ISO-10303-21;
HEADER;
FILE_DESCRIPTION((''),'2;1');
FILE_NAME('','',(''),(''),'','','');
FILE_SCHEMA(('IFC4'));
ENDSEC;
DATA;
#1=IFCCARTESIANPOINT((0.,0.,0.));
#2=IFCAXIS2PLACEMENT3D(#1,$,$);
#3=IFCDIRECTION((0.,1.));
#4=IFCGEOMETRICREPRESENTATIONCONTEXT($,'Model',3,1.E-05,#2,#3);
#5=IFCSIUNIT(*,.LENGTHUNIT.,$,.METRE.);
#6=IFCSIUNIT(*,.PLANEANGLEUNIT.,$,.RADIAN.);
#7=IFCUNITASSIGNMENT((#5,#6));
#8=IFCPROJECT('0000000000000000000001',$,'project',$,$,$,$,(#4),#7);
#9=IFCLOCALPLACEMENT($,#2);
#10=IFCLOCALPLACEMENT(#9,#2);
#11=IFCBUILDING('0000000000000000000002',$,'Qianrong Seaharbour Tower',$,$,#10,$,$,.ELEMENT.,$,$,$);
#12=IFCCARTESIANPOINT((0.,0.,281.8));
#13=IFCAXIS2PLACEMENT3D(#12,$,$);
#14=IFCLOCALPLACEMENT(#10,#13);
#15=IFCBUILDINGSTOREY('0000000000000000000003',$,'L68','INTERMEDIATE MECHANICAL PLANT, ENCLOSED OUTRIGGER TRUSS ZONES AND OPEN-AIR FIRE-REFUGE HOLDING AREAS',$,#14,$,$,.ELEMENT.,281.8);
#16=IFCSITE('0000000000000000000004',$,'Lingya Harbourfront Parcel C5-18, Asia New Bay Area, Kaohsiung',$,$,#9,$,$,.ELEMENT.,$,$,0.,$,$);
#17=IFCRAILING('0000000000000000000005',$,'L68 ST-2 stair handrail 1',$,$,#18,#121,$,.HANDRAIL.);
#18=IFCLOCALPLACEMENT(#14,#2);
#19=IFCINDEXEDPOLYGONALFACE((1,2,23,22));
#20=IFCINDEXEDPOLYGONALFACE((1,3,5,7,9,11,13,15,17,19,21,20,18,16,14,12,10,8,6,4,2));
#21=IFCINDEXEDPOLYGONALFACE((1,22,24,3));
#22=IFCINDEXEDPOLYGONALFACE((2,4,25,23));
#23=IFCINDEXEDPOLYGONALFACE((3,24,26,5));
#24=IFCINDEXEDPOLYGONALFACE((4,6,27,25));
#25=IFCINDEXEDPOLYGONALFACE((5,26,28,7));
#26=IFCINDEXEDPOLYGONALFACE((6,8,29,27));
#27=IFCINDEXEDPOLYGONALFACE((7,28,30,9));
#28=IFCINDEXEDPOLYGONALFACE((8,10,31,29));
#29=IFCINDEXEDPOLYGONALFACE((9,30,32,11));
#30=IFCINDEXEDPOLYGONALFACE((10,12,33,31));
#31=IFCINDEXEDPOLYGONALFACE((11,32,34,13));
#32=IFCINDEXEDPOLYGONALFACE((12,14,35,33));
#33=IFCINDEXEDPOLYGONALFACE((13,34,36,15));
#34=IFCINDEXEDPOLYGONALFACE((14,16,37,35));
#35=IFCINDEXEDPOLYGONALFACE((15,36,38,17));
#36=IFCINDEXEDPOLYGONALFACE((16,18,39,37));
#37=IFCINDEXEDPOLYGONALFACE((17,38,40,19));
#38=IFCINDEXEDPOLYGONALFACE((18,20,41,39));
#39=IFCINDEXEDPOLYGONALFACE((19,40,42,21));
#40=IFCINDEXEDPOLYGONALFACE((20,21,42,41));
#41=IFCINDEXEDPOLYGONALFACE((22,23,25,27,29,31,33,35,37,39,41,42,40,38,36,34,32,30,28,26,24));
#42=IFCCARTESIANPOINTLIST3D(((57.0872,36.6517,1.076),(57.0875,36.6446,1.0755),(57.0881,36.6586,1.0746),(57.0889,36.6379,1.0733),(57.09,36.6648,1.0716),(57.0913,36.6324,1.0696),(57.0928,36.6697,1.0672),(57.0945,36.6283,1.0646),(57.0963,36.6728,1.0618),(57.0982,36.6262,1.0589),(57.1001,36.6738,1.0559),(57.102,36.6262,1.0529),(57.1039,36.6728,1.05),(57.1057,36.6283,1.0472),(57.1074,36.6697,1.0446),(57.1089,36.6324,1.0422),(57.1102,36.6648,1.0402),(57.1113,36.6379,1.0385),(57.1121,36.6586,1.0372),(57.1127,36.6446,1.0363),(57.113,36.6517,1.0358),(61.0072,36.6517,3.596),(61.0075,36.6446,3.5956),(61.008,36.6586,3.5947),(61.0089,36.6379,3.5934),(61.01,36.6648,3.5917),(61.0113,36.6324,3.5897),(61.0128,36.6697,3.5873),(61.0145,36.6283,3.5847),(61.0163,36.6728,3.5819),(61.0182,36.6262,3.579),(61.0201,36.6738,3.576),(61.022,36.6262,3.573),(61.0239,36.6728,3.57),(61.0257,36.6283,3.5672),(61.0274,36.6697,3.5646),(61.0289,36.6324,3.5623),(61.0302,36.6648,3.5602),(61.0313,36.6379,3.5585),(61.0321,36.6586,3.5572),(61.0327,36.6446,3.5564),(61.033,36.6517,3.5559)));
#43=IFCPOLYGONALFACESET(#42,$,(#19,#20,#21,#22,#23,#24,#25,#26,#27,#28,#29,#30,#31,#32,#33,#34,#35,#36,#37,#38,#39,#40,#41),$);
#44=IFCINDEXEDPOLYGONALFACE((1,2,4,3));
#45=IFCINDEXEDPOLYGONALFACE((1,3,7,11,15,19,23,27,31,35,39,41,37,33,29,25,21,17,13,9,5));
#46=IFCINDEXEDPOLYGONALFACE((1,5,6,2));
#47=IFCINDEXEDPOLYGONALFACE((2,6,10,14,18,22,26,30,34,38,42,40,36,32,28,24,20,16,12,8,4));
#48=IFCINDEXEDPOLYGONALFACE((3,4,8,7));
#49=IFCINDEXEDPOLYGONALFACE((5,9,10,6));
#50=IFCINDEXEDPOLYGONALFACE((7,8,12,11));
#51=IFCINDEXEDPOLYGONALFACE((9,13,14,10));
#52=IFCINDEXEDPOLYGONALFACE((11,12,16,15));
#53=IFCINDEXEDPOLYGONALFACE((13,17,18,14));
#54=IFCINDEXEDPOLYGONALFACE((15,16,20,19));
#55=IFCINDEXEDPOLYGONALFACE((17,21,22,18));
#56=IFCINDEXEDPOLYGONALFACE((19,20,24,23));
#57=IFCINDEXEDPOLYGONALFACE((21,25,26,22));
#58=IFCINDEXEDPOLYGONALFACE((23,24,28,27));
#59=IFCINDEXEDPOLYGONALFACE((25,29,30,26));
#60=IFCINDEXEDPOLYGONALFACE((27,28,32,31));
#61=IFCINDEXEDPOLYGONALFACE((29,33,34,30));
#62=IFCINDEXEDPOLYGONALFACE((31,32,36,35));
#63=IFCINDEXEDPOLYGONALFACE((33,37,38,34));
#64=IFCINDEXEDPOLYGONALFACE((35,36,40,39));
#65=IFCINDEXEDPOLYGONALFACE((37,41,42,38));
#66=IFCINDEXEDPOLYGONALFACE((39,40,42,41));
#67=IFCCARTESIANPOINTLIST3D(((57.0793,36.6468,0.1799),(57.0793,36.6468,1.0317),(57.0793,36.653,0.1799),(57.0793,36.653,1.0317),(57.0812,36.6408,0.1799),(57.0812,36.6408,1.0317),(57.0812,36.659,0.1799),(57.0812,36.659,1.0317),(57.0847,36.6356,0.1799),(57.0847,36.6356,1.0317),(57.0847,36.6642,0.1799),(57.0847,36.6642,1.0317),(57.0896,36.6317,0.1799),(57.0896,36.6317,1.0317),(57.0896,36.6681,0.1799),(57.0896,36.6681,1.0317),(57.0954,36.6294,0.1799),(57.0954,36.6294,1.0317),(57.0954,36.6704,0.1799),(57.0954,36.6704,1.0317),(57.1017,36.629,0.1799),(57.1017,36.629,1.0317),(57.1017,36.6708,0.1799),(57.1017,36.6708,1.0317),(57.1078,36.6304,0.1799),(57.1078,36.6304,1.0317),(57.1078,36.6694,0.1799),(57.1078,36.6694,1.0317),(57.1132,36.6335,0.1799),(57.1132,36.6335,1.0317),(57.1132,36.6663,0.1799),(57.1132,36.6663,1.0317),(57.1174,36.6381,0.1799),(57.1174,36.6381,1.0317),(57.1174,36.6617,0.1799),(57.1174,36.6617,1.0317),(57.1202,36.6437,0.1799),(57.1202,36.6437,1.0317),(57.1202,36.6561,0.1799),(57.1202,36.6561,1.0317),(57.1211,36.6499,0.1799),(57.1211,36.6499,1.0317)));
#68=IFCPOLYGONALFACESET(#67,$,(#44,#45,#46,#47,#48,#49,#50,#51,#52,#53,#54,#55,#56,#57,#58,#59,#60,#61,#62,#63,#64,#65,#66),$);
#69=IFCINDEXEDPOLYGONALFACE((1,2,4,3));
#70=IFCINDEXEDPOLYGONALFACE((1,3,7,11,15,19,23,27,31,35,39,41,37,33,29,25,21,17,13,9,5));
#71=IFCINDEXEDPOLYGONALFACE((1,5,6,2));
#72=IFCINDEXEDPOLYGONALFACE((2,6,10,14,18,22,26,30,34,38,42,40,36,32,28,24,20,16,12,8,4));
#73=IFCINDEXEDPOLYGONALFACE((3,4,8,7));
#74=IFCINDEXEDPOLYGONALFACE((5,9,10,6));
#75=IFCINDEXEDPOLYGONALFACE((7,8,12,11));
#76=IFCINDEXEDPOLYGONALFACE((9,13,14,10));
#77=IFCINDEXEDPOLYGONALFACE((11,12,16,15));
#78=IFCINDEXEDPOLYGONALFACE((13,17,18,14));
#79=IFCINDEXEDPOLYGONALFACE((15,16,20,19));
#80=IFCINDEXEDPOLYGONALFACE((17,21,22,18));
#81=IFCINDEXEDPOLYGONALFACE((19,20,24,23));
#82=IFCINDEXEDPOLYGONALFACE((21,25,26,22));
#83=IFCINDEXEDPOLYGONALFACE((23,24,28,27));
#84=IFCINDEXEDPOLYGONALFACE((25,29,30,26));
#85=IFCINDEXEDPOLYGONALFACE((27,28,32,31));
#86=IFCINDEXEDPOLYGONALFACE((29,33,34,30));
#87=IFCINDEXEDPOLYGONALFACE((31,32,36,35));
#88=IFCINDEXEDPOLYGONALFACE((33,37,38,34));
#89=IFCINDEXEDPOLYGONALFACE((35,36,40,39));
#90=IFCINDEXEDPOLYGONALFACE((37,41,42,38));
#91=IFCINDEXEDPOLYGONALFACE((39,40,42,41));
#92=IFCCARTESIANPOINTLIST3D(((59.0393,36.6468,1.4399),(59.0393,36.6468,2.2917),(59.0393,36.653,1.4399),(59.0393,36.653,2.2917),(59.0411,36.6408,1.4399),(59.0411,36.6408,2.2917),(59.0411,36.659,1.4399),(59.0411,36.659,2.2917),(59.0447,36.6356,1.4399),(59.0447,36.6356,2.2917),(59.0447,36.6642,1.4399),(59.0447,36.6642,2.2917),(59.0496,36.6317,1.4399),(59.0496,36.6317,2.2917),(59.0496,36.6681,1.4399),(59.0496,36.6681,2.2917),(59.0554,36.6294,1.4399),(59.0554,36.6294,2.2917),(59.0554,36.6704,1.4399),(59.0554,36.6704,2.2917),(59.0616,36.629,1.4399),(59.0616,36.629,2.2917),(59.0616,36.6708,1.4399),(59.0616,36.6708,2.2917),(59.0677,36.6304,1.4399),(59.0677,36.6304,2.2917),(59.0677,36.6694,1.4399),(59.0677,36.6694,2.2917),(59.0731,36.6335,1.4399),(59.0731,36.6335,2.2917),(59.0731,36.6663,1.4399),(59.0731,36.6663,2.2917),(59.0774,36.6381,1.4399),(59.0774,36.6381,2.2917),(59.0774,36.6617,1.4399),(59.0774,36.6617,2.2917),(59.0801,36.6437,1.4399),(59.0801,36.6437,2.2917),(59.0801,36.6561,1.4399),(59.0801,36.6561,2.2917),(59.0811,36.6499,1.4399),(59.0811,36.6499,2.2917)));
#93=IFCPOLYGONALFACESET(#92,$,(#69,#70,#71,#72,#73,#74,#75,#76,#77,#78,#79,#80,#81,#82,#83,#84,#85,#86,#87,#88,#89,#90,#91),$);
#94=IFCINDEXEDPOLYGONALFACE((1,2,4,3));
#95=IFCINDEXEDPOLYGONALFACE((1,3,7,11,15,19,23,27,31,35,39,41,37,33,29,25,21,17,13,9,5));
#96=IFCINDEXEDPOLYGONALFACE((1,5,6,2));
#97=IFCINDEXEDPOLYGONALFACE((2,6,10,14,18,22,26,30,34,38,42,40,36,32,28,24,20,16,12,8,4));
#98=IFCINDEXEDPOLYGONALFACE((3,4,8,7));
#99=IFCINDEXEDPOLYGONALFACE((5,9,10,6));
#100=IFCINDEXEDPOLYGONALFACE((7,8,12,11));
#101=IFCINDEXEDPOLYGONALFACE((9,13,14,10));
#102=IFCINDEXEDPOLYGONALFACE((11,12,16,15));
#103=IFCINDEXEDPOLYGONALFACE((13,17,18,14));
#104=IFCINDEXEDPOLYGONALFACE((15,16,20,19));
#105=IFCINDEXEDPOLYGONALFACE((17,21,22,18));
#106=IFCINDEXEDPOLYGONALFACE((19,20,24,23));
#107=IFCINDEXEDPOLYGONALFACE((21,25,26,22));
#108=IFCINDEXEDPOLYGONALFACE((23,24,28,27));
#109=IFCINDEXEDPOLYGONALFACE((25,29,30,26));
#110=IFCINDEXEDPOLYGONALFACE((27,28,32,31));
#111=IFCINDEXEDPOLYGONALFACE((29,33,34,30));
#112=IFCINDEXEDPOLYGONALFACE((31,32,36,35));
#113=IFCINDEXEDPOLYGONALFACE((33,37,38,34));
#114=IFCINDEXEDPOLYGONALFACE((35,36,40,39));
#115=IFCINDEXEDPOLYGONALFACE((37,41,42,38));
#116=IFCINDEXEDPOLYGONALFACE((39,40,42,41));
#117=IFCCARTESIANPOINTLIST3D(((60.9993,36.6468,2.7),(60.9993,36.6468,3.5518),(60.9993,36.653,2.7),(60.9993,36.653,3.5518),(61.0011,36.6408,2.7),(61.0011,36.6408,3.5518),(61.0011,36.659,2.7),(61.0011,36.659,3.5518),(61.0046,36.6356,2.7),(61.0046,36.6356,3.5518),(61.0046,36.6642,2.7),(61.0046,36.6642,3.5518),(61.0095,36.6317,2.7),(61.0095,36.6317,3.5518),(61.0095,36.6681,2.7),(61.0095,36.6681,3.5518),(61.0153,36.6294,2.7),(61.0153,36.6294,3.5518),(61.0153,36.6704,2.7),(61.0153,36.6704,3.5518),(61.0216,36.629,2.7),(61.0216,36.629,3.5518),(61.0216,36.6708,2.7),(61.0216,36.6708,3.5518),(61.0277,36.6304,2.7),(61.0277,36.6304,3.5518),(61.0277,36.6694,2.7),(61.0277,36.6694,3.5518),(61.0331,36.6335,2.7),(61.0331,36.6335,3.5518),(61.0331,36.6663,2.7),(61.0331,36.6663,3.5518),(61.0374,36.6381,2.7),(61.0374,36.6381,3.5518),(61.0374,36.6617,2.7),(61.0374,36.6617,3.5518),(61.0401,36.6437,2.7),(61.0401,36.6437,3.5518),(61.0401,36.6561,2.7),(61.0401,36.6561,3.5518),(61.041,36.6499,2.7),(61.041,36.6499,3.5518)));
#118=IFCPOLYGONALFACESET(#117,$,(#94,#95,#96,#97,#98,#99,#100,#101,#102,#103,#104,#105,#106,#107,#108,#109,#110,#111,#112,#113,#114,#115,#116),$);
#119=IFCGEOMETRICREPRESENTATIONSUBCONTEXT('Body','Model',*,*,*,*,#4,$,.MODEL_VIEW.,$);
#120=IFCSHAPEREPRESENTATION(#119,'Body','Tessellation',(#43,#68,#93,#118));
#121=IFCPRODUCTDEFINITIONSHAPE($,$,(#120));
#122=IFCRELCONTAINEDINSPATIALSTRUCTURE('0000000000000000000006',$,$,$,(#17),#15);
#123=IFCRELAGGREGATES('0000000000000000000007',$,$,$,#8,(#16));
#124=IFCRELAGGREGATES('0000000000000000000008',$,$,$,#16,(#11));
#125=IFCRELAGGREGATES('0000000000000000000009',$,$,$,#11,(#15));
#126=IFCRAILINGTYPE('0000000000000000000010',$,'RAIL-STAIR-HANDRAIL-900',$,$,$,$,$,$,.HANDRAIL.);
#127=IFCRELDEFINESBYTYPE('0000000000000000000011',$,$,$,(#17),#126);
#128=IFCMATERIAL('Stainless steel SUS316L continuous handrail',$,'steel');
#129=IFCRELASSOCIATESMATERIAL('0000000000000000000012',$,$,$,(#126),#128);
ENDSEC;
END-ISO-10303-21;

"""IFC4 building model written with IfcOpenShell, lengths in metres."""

from ifc_helpers import new_model, si_unit, direction, frame, origin, origin_2d, place, context, subcontext, project, spatial, circle, extrude, material, type_object, element, save


model = new_model("IFC4")

# Units and contexts
model_context = context("Model", 3, precision=1e-05, world=origin(), true_north=direction((0.0, 1.0)))
body_context = subcontext(model_context, "Body", "Model", "MODEL_VIEW")
ifc_project = project(units=[si_unit("LENGTHUNIT", "METRE"), si_unit("PLANEANGLEUNIT", "RADIAN")], contexts=[model_context])

# Site, building, storey
site_placement = place(None, origin())
site = spatial("IfcSite", under=ifc_project, at=site_placement, Name="Lingya Harbourfront Parcel C5-18, Asia New Bay Area, Kaohsiung", CompositionType="ELEMENT", RefElevation=0.0)
building_placement = place(site_placement, origin())
building = spatial("IfcBuilding", under=site, at=building_placement, Name="Qianrong Seaharbour Tower", CompositionType="ELEMENT")
storey_placement = place(building_placement, frame((0.0, 0.0, 281.8)))
storey = spatial("IfcBuildingStorey", under=building, at=storey_placement, Name="L68", Description="INTERMEDIATE MECHANICAL PLANT, ENCLOSED OUTRIGGER TRUSS ZONES AND OPEN-AIR FIRE-REFUGE HOLDING AREAS", CompositionType="ELEMENT", Elevation=281.8)

# Railing
ifc_material_1 = material(Name="Stainless steel SUS316L continuous handrail", Category="steel")
railing_type_1 = type_object("IfcRailingType", Name="RAIL-STAIR-HANDRAIL-900", PredefinedType="HANDRAIL", material=ifc_material_1)
railing_1_placement = place(storey_placement, frame((57.1001, 36.6499, 0.1799)))
element("IfcRailing", 1, at=railing_1_placement, inside=storey, type_object=railing_type_1, Name="L68 ST-2 stair handrail 1", PredefinedType="HANDRAIL", context=body_context, shape_type="SweptSolid", body=[
    extrude(circle(Radius=0.0239, at=origin_2d()), frame((0.0, 0.0, 0.876), z_axis=(0.841172, 0.0, 0.540768), x_axis=(0.0, 1.0, 0.0)), (0.0, 0.0, 1.0), 4.6602),
    extrude(circle(Radius=0.021, at=origin_2d()), origin(), (0.0, 0.0, 1.0), 0.8518),
    extrude(circle(Radius=0.021, at=origin_2d()), frame((1.96, 0.0, 1.26)), (0.0, 0.0, 1.0), 0.8518),
    extrude(circle(Radius=0.021, at=origin_2d()), frame((3.9199, 0.0, 2.52)), (0.0, 0.0, 1.0), 0.8518),
])

save(model, "model.ifc")
